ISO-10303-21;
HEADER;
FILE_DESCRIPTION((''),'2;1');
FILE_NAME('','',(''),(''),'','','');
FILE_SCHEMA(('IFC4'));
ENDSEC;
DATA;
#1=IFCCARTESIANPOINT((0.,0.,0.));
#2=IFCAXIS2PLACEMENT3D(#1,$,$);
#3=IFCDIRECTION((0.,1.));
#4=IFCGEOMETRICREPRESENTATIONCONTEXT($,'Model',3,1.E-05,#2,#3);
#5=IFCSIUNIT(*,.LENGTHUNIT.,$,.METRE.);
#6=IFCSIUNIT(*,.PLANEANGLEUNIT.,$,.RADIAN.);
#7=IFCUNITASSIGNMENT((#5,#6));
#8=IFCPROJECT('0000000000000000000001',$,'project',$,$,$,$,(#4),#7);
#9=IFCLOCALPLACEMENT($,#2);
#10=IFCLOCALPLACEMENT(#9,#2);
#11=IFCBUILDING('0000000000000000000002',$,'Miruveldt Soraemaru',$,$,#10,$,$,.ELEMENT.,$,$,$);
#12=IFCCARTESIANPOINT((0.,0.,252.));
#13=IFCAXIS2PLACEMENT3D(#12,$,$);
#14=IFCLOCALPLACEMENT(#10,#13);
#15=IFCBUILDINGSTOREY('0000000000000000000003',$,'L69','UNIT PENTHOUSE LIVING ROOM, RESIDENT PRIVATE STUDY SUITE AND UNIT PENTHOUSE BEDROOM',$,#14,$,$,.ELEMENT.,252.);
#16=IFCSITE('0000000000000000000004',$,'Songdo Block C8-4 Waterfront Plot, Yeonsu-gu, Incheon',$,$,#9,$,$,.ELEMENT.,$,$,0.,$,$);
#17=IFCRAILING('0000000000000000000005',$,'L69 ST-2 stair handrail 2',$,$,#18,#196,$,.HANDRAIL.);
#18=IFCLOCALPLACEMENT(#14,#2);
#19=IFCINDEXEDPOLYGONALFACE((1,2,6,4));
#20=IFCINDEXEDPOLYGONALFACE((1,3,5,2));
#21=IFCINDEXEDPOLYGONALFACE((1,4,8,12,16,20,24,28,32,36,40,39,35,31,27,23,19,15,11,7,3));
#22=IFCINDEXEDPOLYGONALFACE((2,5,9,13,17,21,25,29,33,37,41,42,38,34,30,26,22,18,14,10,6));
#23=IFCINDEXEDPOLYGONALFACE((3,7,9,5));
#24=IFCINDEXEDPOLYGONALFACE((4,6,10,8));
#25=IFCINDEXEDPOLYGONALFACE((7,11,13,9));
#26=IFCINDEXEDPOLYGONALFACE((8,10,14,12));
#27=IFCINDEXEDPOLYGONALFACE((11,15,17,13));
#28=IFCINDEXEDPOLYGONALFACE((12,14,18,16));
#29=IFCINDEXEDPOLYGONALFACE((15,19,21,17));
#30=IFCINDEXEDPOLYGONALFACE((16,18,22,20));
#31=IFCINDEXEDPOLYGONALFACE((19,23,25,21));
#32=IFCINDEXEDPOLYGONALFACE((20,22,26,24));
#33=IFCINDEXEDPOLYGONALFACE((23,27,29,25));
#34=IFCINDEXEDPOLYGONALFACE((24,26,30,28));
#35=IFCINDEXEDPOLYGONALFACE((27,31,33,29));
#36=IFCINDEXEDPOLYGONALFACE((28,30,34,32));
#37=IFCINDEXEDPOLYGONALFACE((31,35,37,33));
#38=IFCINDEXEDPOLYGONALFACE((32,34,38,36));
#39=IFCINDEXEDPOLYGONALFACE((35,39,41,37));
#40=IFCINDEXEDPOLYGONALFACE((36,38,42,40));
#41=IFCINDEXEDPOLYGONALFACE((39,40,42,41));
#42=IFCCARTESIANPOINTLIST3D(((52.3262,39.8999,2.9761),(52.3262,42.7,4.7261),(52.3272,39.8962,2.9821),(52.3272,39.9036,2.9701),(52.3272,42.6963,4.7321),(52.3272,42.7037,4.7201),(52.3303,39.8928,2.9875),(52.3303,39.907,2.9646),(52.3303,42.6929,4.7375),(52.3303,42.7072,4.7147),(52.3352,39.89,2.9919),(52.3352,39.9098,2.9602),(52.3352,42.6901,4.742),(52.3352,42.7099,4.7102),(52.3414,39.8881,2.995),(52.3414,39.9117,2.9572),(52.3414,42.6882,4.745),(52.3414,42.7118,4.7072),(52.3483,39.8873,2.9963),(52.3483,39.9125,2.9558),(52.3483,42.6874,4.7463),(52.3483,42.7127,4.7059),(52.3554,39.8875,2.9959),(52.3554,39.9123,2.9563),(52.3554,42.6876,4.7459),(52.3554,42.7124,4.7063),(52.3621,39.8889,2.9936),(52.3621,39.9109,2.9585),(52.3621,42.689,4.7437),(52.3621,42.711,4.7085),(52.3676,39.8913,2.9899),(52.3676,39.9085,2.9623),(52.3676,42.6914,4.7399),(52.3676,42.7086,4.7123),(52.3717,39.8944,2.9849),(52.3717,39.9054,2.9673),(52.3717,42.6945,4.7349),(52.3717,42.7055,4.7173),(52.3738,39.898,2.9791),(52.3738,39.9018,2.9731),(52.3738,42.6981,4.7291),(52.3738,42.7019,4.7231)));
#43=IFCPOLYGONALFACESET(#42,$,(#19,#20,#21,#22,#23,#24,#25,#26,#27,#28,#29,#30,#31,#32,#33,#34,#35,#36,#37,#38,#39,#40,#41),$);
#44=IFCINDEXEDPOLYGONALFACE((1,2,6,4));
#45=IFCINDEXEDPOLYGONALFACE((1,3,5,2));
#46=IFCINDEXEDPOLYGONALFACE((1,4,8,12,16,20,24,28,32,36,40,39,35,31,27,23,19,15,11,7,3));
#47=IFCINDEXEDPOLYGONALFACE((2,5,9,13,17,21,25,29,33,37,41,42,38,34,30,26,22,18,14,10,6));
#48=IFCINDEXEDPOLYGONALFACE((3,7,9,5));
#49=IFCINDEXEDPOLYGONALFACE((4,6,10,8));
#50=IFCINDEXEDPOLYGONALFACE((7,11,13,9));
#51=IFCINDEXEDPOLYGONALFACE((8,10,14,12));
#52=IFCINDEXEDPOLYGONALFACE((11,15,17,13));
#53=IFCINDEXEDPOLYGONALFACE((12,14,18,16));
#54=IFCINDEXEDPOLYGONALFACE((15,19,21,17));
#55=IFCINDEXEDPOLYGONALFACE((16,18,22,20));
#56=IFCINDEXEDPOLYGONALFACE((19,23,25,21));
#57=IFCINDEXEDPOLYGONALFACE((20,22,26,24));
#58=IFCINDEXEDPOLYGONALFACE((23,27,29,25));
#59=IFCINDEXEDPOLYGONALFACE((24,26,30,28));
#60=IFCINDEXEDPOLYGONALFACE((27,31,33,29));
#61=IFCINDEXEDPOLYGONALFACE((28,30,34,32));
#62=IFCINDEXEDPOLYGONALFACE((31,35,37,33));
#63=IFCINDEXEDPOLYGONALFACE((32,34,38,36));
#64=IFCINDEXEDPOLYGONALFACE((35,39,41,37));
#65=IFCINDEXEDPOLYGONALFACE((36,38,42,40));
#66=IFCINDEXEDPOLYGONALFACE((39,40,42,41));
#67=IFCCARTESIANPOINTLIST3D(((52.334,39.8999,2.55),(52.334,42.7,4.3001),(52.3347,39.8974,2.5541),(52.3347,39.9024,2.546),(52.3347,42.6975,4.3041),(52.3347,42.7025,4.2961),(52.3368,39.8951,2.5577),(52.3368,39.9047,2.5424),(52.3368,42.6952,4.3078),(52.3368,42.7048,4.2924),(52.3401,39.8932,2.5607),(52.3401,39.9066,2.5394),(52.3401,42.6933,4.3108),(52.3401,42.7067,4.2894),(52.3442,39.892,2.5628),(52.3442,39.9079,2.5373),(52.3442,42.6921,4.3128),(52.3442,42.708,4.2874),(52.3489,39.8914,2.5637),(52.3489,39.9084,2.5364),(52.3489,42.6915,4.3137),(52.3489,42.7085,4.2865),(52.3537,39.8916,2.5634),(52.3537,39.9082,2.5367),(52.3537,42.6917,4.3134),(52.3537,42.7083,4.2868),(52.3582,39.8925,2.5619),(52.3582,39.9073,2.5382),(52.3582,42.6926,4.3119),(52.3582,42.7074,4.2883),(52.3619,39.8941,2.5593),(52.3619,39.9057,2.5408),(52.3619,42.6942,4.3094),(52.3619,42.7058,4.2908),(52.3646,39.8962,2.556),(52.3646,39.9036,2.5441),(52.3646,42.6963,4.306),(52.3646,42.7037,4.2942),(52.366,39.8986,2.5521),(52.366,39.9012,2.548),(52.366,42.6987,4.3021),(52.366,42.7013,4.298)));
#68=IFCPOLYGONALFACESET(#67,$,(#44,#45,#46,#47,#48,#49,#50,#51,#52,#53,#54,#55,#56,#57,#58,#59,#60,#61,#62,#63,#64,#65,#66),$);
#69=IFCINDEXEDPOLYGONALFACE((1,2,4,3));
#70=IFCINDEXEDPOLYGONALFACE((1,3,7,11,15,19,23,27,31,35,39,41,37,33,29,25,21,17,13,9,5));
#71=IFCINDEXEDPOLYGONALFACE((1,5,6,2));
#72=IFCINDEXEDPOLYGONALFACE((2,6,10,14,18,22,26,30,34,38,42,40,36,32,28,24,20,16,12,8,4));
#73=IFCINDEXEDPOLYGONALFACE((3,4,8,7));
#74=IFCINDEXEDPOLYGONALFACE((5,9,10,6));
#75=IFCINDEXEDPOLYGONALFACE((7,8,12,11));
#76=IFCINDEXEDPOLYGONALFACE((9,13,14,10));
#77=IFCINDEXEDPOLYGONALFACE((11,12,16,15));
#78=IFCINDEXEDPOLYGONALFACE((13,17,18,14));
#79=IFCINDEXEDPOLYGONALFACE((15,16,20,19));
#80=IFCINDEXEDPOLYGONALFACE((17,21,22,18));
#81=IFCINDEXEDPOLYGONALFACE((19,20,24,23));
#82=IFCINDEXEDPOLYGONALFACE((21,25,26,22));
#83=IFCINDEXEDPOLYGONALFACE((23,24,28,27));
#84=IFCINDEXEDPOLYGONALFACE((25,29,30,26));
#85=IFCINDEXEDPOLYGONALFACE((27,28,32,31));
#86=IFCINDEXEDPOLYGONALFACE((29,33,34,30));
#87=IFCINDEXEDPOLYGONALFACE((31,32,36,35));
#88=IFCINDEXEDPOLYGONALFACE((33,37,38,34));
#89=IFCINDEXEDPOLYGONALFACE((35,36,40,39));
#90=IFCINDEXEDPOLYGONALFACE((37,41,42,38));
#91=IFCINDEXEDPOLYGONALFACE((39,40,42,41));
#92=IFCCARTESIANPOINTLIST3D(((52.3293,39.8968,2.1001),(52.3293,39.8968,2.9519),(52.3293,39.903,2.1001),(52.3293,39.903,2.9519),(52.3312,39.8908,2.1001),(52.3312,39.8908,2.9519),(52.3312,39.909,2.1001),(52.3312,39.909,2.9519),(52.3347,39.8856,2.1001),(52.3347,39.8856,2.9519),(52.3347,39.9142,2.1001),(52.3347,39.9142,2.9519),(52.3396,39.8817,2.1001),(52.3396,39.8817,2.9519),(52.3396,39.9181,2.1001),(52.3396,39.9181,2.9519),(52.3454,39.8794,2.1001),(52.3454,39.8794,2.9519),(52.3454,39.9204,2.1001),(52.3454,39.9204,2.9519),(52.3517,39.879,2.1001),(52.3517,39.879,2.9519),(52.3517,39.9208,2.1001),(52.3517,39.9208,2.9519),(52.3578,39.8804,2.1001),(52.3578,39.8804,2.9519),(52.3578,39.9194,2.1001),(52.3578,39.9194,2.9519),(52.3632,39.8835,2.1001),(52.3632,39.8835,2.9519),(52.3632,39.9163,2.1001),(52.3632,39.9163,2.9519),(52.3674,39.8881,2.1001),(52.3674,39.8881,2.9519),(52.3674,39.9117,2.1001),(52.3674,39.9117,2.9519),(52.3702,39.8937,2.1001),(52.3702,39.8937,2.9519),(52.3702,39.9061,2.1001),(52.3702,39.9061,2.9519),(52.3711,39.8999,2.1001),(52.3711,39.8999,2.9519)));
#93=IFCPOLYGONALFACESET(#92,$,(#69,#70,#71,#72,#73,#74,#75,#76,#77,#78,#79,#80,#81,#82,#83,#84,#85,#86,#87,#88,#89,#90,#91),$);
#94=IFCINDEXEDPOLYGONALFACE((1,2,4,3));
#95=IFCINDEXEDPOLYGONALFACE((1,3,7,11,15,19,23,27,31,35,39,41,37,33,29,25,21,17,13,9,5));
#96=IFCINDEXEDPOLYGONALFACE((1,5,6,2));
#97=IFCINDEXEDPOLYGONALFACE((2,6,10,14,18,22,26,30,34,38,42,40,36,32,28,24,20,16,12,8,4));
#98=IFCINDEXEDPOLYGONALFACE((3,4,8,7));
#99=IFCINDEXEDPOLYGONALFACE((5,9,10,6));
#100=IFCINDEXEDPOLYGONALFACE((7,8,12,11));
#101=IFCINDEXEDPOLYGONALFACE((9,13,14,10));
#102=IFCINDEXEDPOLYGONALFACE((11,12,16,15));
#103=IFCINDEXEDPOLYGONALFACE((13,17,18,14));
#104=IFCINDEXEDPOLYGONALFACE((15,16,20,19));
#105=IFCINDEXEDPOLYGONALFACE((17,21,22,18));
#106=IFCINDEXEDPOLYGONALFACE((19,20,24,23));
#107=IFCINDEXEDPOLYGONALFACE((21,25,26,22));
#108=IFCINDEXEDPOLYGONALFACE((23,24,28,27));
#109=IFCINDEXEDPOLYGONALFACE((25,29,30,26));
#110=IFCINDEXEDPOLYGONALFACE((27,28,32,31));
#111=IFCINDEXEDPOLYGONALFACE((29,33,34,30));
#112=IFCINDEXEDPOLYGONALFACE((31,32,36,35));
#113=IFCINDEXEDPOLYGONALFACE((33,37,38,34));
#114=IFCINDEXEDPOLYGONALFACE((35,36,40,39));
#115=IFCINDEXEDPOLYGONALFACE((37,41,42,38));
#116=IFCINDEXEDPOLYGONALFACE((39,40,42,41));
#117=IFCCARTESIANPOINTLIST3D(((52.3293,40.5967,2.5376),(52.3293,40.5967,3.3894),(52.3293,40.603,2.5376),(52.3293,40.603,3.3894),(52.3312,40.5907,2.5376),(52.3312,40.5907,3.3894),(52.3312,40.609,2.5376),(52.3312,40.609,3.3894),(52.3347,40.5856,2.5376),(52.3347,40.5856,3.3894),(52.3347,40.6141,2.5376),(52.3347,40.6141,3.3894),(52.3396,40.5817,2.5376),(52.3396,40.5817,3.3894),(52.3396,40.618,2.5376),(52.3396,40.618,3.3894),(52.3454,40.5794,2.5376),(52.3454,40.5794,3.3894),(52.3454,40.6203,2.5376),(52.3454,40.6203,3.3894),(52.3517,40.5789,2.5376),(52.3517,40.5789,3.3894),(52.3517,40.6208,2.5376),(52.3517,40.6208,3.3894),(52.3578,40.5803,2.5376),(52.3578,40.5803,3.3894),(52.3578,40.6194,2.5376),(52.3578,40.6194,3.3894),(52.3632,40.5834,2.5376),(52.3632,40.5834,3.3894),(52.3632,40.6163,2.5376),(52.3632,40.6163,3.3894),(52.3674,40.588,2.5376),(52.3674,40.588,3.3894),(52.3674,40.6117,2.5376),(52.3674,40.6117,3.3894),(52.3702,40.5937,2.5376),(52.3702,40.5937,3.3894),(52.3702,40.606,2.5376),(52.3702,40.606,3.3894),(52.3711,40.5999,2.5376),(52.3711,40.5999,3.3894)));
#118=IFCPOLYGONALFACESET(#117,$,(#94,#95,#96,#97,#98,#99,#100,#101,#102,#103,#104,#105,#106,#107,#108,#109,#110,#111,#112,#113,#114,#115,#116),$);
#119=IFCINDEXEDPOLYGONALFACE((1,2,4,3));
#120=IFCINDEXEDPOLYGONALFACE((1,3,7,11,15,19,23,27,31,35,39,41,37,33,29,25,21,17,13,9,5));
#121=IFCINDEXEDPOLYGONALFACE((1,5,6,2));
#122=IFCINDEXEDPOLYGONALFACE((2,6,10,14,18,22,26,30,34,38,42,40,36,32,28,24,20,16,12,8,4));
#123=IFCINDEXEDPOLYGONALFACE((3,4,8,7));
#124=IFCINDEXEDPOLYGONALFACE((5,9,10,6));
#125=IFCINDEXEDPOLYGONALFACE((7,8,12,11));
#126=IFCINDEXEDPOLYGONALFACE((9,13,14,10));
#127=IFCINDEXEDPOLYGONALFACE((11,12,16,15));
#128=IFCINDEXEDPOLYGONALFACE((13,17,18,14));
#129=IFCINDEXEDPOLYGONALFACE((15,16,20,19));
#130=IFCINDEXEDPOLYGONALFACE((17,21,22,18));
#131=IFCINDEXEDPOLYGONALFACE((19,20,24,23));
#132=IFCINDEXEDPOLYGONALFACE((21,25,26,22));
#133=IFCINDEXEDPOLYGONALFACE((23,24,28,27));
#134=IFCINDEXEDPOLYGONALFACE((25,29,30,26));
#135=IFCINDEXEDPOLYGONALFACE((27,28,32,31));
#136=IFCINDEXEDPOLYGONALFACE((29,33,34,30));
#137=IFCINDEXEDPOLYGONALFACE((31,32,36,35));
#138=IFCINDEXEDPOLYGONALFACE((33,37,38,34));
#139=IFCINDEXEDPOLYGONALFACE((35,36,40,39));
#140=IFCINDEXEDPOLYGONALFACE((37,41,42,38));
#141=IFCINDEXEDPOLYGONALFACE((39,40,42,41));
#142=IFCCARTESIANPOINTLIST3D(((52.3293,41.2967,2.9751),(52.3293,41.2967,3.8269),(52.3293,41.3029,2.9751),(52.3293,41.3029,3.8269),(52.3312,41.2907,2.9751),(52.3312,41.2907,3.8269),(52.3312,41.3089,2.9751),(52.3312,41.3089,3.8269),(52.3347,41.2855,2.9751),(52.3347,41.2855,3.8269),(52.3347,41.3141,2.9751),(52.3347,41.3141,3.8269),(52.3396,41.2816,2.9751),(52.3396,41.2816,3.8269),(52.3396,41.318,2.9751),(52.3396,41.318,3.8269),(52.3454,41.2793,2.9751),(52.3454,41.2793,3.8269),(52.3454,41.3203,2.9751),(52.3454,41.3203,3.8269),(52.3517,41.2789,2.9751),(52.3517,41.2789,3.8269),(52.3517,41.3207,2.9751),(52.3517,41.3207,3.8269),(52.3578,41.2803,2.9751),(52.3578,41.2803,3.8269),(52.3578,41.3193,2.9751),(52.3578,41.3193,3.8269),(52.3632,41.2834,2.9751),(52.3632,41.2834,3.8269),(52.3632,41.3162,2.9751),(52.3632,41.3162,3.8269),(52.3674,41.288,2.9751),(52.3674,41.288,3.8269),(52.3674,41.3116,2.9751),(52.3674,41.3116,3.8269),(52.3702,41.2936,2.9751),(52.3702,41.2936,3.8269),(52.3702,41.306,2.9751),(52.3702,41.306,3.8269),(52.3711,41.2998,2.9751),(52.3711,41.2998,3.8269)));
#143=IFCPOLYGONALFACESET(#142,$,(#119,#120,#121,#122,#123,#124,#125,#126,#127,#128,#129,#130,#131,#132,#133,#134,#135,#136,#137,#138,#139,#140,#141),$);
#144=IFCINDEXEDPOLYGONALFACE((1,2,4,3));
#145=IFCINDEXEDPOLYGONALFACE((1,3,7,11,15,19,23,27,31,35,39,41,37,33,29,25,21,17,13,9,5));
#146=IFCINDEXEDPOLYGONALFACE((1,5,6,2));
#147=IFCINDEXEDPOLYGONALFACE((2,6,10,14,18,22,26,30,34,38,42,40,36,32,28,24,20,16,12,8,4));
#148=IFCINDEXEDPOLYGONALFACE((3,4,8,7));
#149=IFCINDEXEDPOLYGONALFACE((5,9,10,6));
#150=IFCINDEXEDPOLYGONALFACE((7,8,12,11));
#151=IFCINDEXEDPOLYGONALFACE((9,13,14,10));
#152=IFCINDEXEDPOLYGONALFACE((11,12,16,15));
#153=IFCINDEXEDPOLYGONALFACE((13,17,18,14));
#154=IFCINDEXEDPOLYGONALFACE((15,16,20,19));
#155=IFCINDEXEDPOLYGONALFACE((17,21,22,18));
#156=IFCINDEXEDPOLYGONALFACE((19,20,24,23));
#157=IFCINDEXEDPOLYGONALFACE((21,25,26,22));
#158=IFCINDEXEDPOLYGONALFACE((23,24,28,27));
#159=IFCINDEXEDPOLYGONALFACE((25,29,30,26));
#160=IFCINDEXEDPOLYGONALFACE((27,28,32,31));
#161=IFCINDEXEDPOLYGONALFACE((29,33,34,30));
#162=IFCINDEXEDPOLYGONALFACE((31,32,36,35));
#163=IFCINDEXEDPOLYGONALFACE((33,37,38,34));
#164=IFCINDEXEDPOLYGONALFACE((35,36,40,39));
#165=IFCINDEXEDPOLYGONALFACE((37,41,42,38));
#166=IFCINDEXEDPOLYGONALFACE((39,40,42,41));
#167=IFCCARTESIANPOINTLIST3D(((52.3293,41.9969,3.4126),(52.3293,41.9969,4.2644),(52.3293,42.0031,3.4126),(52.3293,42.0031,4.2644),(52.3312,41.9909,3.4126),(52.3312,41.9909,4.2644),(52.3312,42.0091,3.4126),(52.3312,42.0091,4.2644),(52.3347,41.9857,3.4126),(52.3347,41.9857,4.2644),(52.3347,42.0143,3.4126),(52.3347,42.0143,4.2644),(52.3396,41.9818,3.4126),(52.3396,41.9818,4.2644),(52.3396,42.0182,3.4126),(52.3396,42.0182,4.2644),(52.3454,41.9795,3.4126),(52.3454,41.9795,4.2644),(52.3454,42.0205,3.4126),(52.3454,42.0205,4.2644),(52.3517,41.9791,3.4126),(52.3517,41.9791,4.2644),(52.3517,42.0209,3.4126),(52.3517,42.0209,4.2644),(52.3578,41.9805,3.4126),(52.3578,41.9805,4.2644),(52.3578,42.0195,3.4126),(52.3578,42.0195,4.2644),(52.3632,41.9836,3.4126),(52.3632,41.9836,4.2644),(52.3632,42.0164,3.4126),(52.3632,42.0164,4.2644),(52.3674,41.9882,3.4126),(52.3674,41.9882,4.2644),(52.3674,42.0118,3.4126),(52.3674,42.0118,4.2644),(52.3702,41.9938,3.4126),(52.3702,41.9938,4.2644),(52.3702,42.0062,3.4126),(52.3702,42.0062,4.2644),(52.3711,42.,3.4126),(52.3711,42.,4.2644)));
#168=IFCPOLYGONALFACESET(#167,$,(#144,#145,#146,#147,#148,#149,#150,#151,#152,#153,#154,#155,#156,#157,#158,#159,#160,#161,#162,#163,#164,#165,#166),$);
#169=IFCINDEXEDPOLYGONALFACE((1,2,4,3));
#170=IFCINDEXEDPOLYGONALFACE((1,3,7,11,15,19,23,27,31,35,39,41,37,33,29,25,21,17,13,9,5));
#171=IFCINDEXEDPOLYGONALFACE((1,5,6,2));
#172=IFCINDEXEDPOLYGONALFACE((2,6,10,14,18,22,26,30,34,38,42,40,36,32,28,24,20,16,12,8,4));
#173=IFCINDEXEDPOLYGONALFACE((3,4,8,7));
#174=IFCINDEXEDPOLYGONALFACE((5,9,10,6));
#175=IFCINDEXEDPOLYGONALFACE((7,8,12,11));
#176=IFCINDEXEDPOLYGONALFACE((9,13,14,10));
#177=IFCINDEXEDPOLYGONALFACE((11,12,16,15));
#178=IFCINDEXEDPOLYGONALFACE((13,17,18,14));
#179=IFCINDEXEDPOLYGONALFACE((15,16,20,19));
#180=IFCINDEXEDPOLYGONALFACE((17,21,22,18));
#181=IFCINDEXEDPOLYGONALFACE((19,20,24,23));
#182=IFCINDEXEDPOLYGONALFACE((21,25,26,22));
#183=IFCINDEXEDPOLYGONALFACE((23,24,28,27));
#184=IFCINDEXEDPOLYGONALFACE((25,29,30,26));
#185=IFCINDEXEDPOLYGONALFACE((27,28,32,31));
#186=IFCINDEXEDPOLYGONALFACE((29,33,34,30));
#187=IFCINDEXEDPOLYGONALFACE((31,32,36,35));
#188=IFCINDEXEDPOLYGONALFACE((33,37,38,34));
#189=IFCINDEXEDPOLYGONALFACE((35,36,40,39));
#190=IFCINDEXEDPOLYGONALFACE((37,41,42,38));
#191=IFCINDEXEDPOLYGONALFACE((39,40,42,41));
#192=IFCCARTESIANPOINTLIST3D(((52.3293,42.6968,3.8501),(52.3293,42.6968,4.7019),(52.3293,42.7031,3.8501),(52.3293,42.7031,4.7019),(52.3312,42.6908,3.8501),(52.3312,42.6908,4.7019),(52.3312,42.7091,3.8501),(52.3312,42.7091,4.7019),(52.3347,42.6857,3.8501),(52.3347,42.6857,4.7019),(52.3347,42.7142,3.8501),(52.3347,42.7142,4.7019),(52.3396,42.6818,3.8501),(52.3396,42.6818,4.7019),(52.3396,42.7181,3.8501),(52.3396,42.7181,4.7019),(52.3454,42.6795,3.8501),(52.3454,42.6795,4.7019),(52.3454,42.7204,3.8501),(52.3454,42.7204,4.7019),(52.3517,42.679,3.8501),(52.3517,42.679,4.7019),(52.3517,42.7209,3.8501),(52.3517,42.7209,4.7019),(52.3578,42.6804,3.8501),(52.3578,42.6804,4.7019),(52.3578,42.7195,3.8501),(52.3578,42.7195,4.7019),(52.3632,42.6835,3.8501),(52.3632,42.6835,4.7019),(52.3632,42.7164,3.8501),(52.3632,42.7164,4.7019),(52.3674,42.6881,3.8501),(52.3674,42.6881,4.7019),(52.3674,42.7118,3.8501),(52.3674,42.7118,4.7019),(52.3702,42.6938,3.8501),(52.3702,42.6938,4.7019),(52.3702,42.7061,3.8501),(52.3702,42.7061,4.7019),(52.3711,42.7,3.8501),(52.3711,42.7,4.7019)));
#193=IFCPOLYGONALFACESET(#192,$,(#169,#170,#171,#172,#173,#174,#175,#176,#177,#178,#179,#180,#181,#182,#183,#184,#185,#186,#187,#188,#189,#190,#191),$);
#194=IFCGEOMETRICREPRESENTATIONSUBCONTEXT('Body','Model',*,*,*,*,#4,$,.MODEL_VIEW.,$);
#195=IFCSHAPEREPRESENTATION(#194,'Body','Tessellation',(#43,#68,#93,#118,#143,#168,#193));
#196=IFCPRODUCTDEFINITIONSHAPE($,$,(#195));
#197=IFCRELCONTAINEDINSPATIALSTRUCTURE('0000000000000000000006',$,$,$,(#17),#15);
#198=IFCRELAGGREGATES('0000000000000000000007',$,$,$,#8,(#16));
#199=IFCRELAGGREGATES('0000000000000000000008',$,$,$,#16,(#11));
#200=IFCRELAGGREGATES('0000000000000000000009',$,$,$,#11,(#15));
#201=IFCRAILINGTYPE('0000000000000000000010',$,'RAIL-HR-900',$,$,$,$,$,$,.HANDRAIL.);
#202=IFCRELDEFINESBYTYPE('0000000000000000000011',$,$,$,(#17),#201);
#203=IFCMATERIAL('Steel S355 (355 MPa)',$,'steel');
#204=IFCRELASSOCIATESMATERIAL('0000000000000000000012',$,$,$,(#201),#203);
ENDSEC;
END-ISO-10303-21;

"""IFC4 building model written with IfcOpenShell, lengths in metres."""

from ifc_helpers import new_model, si_unit, direction, frame, origin, origin_2d, place, context, subcontext, project, spatial, circle, extrude, material, type_object, element, save


model = new_model("IFC4")

# Units and contexts
model_context = context("Model", 3, precision=1e-05, world=origin(), true_north=direction((0.0, 1.0)))
body_context = subcontext(model_context, "Body", "Model", "MODEL_VIEW")
ifc_project = project(units=[si_unit("LENGTHUNIT", "METRE"), si_unit("PLANEANGLEUNIT", "RADIAN")], contexts=[model_context])

# Site, building, storey
site_placement = place(None, origin())
site = spatial("IfcSite", under=ifc_project, at=site_placement, Name="Songdo Block C8-4 Waterfront Plot, Yeonsu-gu, Incheon", CompositionType="ELEMENT", RefElevation=0.0)
building_placement = place(site_placement, origin())
building = spatial("IfcBuilding", under=site, at=building_placement, Name="Miruveldt Soraemaru", CompositionType="ELEMENT")
storey_placement = place(building_placement, frame((0.0, 0.0, 252.0)))
storey = spatial("IfcBuildingStorey", under=building, at=storey_placement, Name="L69", Description="UNIT PENTHOUSE LIVING ROOM, RESIDENT PRIVATE STUDY SUITE AND UNIT PENTHOUSE BEDROOM", CompositionType="ELEMENT", Elevation=252.0)

# Railing
ifc_material_1 = material(Name="Steel S355 (355 MPa)", Category="steel")
railing_type_1 = type_object("IfcRailingType", Name="RAIL-HR-900", PredefinedType="HANDRAIL", material=ifc_material_1)
railing_1_placement = place(storey_placement, frame((52.3501, 39.8999, 2.1001)))
element("IfcRailing", 1, at=railing_1_placement, inside=storey, type_object=railing_type_1, Name="L69 ST-2 stair handrail 2", PredefinedType="HANDRAIL", context=body_context, shape_type="SweptSolid", body=[
    extrude(circle(Radius=0.0239, at=origin_2d()), frame((0.0, 0.0, 0.876), z_axis=(0.0, 0.848002, 0.529992), x_axis=(-1.0, 0.0, 0.0)), (0.0, 0.0, 1.0), 3.302),
    extrude(circle(Radius=0.0161, at=origin_2d()), frame((0.0, 0.0, 0.45), z_axis=(0.0, 0.848002, 0.529992), x_axis=(-1.0, 0.0, 0.0)), (0.0, 0.0, 1.0), 3.302),
    extrude(circle(Radius=0.021, at=origin_2d()), origin(), (0.0, 0.0, 1.0), 0.8518),
    extrude(circle(Radius=0.021, at=origin_2d()), frame((0.0, 0.7, 0.4375)), (0.0, 0.0, 1.0), 0.8518),
    extrude(circle(Radius=0.021, at=origin_2d()), frame((0.0, 1.3999, 0.875)), (0.0, 0.0, 1.0), 0.8518),
    extrude(circle(Radius=0.021, at=origin_2d()), frame((0.0, 2.1001, 1.3125)), (0.0, 0.0, 1.0), 0.8518),
    extrude(circle(Radius=0.021, at=origin_2d()), frame((0.0, 2.8, 1.75)), (0.0, 0.0, 1.0), 0.8518),
])

save(model, "model.ifc")
